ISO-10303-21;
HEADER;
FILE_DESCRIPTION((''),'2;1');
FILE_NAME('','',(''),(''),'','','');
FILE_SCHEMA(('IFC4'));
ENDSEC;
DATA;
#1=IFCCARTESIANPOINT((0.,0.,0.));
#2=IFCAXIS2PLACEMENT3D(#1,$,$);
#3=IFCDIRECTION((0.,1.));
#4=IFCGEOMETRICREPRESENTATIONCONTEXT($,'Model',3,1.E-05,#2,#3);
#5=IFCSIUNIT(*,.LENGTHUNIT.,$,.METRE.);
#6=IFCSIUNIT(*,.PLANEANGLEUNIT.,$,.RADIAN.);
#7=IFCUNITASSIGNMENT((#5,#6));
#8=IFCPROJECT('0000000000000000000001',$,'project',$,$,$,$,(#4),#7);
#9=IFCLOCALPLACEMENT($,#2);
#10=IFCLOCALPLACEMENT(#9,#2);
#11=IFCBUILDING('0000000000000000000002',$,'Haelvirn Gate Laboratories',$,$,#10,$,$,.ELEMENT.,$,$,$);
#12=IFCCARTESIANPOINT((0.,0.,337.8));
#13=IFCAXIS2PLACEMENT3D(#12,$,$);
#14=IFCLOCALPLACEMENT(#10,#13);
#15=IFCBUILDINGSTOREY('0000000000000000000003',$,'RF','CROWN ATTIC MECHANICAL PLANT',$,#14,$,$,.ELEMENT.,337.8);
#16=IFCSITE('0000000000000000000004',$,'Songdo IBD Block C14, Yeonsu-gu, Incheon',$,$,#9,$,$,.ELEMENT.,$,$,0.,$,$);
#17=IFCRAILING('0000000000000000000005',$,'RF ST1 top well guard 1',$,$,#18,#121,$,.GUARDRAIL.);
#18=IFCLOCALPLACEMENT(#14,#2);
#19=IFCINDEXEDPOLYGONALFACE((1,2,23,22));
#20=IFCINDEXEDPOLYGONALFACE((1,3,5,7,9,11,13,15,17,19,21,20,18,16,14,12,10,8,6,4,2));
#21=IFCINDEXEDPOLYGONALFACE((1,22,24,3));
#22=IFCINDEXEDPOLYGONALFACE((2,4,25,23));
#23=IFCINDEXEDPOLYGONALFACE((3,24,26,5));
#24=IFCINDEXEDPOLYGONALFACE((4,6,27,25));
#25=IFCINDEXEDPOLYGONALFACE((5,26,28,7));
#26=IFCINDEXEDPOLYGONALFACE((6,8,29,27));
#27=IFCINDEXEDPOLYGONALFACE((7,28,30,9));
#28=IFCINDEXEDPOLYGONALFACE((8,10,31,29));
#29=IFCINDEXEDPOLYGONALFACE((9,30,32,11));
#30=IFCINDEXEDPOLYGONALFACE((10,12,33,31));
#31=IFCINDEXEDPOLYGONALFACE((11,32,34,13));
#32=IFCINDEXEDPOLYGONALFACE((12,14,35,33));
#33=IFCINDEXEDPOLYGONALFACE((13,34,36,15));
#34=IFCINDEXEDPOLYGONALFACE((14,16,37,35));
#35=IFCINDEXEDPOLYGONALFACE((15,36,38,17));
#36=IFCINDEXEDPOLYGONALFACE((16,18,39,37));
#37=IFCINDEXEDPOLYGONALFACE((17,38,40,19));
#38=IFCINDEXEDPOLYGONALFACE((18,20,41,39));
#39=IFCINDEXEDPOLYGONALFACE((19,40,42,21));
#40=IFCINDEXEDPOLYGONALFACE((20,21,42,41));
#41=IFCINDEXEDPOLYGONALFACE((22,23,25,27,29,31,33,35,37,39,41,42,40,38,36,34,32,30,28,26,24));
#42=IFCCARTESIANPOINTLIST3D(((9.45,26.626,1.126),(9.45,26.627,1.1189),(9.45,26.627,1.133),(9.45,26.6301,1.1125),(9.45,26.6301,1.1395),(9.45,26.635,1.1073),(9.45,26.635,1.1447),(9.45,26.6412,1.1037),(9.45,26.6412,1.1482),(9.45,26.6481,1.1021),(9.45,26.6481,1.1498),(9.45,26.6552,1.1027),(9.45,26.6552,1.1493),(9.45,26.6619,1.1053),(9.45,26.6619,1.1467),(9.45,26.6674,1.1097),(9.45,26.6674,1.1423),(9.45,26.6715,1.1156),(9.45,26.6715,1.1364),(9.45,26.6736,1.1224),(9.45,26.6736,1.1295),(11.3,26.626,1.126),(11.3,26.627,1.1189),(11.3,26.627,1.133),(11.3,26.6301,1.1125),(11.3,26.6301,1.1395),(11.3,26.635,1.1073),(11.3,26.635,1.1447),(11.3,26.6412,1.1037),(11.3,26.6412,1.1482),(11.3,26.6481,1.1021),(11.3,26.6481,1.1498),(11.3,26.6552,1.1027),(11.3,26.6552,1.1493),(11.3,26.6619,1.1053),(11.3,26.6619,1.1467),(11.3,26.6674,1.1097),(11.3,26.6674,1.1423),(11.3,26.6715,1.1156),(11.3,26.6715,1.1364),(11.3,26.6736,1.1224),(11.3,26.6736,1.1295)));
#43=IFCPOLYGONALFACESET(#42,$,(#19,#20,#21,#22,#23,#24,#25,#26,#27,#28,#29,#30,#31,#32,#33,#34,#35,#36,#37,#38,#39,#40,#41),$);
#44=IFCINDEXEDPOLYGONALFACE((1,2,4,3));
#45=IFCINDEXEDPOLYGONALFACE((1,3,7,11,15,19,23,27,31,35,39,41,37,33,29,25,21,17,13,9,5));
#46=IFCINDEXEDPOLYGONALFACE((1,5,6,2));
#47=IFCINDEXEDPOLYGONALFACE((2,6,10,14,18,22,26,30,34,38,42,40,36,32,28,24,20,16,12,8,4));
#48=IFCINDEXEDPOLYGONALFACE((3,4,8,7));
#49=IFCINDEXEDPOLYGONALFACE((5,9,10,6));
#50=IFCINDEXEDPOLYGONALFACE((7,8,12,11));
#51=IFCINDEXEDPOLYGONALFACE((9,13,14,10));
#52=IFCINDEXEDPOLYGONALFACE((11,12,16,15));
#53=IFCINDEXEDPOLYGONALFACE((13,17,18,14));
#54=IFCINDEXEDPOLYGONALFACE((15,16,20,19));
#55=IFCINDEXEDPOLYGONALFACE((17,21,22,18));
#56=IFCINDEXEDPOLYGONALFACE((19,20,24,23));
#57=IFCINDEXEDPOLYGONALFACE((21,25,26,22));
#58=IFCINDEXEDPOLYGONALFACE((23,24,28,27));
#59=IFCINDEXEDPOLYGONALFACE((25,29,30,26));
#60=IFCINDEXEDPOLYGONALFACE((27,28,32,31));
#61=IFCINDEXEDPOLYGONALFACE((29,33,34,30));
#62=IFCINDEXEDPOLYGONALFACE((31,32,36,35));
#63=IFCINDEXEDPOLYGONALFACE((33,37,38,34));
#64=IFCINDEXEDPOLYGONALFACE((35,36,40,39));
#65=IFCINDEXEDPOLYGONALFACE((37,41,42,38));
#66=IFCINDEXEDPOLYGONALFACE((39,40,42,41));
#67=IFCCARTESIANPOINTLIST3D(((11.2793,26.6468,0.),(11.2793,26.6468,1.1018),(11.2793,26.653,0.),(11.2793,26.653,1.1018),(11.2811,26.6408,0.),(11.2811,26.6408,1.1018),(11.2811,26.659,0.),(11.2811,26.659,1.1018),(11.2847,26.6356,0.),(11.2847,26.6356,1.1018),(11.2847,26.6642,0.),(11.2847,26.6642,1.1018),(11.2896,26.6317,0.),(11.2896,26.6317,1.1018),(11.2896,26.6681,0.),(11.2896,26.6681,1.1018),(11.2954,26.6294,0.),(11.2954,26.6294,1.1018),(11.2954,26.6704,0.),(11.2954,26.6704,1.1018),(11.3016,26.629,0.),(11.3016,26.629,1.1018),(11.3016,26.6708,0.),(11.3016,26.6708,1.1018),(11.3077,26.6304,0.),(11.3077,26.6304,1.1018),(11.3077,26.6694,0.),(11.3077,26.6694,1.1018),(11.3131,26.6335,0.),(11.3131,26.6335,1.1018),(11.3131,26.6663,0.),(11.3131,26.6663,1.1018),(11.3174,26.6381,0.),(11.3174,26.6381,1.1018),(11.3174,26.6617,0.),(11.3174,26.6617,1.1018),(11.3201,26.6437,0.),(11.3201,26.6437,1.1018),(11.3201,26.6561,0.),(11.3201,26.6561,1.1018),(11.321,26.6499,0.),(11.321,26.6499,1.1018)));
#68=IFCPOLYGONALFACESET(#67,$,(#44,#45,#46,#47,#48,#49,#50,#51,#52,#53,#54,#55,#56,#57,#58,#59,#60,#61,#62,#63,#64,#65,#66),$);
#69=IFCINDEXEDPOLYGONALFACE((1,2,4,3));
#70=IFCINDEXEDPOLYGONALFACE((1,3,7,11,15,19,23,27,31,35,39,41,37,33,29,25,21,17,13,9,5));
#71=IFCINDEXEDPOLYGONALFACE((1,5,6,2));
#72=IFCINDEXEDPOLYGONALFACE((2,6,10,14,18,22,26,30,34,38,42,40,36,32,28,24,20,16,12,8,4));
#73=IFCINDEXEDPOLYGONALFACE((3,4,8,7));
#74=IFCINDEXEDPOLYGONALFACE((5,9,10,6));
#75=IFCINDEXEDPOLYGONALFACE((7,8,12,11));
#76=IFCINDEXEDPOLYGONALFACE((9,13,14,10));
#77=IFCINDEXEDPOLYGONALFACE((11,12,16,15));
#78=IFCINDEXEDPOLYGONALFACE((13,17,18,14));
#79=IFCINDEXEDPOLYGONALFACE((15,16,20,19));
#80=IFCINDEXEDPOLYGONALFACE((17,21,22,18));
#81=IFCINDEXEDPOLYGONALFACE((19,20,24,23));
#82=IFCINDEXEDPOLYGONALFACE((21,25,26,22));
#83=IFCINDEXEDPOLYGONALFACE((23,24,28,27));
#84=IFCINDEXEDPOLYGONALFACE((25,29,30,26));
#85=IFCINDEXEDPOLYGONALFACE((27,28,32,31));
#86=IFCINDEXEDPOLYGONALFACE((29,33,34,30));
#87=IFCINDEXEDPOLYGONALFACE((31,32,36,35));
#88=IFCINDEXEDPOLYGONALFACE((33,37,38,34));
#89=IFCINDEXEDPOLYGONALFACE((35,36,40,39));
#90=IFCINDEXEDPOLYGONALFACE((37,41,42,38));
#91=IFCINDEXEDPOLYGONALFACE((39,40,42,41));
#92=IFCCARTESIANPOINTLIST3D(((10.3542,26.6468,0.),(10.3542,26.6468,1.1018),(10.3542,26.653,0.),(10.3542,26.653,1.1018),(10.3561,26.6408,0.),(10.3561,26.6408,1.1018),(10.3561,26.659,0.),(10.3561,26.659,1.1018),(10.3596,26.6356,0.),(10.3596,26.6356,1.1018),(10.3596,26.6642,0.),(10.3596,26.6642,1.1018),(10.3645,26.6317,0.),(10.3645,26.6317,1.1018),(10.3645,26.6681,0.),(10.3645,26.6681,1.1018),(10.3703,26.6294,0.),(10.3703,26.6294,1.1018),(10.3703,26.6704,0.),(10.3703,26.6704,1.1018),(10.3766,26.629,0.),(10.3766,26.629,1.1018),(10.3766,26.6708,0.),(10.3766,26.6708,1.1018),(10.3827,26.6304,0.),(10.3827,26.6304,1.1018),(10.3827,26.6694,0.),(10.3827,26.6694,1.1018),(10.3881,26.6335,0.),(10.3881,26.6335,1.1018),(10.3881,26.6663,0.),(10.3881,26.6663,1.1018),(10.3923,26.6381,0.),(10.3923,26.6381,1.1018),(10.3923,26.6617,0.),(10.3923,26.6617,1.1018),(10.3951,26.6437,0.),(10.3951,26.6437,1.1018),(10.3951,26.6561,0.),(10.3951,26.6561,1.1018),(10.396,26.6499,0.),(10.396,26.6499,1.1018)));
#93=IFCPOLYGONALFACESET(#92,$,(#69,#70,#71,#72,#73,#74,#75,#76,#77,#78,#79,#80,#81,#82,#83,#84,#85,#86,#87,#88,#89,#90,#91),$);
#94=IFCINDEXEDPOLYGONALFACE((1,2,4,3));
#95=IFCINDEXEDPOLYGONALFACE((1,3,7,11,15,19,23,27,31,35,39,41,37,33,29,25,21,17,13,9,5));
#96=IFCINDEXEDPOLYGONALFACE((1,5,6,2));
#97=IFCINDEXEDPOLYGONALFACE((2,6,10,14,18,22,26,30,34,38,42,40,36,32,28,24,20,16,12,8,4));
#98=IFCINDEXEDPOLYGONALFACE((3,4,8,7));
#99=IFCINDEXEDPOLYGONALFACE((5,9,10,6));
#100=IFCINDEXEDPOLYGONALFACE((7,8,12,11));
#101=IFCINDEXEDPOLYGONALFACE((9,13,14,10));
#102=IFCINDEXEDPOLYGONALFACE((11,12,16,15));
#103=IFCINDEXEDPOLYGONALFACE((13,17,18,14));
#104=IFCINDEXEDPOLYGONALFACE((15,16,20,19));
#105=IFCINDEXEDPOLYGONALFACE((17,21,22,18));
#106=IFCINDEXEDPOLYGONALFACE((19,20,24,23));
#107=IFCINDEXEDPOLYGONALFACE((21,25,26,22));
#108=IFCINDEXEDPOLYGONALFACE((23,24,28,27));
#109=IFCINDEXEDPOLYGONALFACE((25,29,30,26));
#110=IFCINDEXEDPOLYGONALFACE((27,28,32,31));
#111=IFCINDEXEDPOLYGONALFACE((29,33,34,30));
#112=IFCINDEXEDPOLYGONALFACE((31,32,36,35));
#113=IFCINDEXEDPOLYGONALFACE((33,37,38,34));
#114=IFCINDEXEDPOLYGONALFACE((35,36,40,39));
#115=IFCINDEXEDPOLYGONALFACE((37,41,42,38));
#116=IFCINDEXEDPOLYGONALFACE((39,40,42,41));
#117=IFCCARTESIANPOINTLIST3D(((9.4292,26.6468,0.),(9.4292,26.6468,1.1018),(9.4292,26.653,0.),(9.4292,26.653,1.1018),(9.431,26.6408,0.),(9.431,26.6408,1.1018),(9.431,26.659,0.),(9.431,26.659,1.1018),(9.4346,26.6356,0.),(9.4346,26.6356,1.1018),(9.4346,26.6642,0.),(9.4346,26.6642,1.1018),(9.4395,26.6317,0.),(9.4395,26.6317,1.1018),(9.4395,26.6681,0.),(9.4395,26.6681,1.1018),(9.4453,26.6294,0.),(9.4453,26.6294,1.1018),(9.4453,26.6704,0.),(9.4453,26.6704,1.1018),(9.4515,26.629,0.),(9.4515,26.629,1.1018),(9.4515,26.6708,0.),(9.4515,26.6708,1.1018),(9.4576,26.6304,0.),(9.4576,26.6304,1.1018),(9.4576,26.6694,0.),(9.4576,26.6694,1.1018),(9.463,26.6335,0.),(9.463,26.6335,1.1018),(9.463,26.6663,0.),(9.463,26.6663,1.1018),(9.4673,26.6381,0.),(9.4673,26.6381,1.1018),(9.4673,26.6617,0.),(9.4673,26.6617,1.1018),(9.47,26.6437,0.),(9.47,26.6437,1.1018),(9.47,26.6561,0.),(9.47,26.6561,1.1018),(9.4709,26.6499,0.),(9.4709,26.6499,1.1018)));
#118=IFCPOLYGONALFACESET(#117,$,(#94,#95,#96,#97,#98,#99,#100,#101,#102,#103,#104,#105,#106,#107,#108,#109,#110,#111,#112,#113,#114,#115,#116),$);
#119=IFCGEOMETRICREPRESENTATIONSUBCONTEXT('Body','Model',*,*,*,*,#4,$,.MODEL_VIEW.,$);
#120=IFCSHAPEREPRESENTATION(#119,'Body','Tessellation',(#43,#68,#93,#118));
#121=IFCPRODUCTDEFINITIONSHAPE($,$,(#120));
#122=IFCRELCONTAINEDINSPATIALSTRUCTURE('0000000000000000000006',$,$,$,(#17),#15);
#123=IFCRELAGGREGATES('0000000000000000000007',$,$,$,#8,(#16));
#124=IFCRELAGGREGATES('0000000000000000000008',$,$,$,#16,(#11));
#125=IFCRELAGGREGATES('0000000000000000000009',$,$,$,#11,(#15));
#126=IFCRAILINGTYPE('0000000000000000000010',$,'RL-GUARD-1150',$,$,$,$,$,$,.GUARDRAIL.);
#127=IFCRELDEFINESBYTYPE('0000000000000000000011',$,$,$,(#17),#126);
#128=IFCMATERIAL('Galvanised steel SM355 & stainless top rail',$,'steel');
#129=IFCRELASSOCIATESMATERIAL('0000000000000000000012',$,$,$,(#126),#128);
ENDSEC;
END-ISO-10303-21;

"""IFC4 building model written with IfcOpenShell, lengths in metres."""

from ifc_helpers import new_model, si_unit, direction, frame, origin, origin_2d, place, context, subcontext, project, spatial, circle, extrude, source, transform, mapped, material, type_object, type_shapes, element, save


model = new_model("IFC4")

# Units and contexts
model_context = context("Model", 3, precision=1e-05, world=origin(), true_north=direction((0.0, 1.0)))
body_context = subcontext(model_context, "Body", "Model", "MODEL_VIEW")
ifc_project = project(units=[si_unit("LENGTHUNIT", "METRE"), si_unit("PLANEANGLEUNIT", "RADIAN")], contexts=[model_context])

# Site, building, storey
site_placement = place(None, origin())
site = spatial("IfcSite", under=ifc_project, at=site_placement, Name="Songdo IBD Block C14, Yeonsu-gu, Incheon", CompositionType="ELEMENT", RefElevation=0.0)
building_placement = place(site_placement, origin())
building = spatial("IfcBuilding", under=site, at=building_placement, Name="Haelvirn Gate Laboratories", CompositionType="ELEMENT")
storey_placement = place(building_placement, frame((0.0, 0.0, 337.8)))
storey = spatial("IfcBuildingStorey", under=building, at=storey_placement, Name="RF", Description="CROWN ATTIC MECHANICAL PLANT", CompositionType="ELEMENT", Elevation=337.8)

# Railing
ifc_material_1 = material(Name="Galvanised steel SM355 & stainless top rail", Category="steel")
railing_type = type_object("IfcRailingType", Name="RL-GUARD-1150", PredefinedType="GUARDRAIL", material=ifc_material_1)
shared_shape_1 = source(origin(), body_context, "Body", "SweptSolid", [
    extrude(circle(Radius=0.0239, at=origin_2d()), frame((0.0, 0.0, 1.126), z_axis=(-1.0, 0.0, 0.0), x_axis=(0.0, -1.0, 0.0)), (0.0, 0.0, 1.0), 1.8501),
    extrude(circle(Radius=0.021, at=origin_2d()), origin(), (0.0, 0.0, 1.0), 1.1018),
    extrude(circle(Radius=0.021, at=origin_2d()), frame((-0.925, 0.0, 0.0)), (0.0, 0.0, 1.0), 1.1018),
    extrude(circle(Radius=0.021, at=origin_2d()), frame((-1.8501, 0.0, 0.0)), (0.0, 0.0, 1.0), 1.1018),
])
type_shapes(railing_type, [shared_shape_1])
railing_placement = place(storey_placement, frame((11.3, 26.6499, 0.0)))
element("IfcRailing", 1, at=railing_placement, inside=storey, type_object=railing_type, Name="RF ST1 top well guard 1", PredefinedType="GUARDRAIL", context=body_context, shape_type="MappedRepresentation", body=[
    mapped(shared_shape_1, transform((0.0, 0.0, 0.0), scale=1.0)),
])

save(model, "model.ifc")
